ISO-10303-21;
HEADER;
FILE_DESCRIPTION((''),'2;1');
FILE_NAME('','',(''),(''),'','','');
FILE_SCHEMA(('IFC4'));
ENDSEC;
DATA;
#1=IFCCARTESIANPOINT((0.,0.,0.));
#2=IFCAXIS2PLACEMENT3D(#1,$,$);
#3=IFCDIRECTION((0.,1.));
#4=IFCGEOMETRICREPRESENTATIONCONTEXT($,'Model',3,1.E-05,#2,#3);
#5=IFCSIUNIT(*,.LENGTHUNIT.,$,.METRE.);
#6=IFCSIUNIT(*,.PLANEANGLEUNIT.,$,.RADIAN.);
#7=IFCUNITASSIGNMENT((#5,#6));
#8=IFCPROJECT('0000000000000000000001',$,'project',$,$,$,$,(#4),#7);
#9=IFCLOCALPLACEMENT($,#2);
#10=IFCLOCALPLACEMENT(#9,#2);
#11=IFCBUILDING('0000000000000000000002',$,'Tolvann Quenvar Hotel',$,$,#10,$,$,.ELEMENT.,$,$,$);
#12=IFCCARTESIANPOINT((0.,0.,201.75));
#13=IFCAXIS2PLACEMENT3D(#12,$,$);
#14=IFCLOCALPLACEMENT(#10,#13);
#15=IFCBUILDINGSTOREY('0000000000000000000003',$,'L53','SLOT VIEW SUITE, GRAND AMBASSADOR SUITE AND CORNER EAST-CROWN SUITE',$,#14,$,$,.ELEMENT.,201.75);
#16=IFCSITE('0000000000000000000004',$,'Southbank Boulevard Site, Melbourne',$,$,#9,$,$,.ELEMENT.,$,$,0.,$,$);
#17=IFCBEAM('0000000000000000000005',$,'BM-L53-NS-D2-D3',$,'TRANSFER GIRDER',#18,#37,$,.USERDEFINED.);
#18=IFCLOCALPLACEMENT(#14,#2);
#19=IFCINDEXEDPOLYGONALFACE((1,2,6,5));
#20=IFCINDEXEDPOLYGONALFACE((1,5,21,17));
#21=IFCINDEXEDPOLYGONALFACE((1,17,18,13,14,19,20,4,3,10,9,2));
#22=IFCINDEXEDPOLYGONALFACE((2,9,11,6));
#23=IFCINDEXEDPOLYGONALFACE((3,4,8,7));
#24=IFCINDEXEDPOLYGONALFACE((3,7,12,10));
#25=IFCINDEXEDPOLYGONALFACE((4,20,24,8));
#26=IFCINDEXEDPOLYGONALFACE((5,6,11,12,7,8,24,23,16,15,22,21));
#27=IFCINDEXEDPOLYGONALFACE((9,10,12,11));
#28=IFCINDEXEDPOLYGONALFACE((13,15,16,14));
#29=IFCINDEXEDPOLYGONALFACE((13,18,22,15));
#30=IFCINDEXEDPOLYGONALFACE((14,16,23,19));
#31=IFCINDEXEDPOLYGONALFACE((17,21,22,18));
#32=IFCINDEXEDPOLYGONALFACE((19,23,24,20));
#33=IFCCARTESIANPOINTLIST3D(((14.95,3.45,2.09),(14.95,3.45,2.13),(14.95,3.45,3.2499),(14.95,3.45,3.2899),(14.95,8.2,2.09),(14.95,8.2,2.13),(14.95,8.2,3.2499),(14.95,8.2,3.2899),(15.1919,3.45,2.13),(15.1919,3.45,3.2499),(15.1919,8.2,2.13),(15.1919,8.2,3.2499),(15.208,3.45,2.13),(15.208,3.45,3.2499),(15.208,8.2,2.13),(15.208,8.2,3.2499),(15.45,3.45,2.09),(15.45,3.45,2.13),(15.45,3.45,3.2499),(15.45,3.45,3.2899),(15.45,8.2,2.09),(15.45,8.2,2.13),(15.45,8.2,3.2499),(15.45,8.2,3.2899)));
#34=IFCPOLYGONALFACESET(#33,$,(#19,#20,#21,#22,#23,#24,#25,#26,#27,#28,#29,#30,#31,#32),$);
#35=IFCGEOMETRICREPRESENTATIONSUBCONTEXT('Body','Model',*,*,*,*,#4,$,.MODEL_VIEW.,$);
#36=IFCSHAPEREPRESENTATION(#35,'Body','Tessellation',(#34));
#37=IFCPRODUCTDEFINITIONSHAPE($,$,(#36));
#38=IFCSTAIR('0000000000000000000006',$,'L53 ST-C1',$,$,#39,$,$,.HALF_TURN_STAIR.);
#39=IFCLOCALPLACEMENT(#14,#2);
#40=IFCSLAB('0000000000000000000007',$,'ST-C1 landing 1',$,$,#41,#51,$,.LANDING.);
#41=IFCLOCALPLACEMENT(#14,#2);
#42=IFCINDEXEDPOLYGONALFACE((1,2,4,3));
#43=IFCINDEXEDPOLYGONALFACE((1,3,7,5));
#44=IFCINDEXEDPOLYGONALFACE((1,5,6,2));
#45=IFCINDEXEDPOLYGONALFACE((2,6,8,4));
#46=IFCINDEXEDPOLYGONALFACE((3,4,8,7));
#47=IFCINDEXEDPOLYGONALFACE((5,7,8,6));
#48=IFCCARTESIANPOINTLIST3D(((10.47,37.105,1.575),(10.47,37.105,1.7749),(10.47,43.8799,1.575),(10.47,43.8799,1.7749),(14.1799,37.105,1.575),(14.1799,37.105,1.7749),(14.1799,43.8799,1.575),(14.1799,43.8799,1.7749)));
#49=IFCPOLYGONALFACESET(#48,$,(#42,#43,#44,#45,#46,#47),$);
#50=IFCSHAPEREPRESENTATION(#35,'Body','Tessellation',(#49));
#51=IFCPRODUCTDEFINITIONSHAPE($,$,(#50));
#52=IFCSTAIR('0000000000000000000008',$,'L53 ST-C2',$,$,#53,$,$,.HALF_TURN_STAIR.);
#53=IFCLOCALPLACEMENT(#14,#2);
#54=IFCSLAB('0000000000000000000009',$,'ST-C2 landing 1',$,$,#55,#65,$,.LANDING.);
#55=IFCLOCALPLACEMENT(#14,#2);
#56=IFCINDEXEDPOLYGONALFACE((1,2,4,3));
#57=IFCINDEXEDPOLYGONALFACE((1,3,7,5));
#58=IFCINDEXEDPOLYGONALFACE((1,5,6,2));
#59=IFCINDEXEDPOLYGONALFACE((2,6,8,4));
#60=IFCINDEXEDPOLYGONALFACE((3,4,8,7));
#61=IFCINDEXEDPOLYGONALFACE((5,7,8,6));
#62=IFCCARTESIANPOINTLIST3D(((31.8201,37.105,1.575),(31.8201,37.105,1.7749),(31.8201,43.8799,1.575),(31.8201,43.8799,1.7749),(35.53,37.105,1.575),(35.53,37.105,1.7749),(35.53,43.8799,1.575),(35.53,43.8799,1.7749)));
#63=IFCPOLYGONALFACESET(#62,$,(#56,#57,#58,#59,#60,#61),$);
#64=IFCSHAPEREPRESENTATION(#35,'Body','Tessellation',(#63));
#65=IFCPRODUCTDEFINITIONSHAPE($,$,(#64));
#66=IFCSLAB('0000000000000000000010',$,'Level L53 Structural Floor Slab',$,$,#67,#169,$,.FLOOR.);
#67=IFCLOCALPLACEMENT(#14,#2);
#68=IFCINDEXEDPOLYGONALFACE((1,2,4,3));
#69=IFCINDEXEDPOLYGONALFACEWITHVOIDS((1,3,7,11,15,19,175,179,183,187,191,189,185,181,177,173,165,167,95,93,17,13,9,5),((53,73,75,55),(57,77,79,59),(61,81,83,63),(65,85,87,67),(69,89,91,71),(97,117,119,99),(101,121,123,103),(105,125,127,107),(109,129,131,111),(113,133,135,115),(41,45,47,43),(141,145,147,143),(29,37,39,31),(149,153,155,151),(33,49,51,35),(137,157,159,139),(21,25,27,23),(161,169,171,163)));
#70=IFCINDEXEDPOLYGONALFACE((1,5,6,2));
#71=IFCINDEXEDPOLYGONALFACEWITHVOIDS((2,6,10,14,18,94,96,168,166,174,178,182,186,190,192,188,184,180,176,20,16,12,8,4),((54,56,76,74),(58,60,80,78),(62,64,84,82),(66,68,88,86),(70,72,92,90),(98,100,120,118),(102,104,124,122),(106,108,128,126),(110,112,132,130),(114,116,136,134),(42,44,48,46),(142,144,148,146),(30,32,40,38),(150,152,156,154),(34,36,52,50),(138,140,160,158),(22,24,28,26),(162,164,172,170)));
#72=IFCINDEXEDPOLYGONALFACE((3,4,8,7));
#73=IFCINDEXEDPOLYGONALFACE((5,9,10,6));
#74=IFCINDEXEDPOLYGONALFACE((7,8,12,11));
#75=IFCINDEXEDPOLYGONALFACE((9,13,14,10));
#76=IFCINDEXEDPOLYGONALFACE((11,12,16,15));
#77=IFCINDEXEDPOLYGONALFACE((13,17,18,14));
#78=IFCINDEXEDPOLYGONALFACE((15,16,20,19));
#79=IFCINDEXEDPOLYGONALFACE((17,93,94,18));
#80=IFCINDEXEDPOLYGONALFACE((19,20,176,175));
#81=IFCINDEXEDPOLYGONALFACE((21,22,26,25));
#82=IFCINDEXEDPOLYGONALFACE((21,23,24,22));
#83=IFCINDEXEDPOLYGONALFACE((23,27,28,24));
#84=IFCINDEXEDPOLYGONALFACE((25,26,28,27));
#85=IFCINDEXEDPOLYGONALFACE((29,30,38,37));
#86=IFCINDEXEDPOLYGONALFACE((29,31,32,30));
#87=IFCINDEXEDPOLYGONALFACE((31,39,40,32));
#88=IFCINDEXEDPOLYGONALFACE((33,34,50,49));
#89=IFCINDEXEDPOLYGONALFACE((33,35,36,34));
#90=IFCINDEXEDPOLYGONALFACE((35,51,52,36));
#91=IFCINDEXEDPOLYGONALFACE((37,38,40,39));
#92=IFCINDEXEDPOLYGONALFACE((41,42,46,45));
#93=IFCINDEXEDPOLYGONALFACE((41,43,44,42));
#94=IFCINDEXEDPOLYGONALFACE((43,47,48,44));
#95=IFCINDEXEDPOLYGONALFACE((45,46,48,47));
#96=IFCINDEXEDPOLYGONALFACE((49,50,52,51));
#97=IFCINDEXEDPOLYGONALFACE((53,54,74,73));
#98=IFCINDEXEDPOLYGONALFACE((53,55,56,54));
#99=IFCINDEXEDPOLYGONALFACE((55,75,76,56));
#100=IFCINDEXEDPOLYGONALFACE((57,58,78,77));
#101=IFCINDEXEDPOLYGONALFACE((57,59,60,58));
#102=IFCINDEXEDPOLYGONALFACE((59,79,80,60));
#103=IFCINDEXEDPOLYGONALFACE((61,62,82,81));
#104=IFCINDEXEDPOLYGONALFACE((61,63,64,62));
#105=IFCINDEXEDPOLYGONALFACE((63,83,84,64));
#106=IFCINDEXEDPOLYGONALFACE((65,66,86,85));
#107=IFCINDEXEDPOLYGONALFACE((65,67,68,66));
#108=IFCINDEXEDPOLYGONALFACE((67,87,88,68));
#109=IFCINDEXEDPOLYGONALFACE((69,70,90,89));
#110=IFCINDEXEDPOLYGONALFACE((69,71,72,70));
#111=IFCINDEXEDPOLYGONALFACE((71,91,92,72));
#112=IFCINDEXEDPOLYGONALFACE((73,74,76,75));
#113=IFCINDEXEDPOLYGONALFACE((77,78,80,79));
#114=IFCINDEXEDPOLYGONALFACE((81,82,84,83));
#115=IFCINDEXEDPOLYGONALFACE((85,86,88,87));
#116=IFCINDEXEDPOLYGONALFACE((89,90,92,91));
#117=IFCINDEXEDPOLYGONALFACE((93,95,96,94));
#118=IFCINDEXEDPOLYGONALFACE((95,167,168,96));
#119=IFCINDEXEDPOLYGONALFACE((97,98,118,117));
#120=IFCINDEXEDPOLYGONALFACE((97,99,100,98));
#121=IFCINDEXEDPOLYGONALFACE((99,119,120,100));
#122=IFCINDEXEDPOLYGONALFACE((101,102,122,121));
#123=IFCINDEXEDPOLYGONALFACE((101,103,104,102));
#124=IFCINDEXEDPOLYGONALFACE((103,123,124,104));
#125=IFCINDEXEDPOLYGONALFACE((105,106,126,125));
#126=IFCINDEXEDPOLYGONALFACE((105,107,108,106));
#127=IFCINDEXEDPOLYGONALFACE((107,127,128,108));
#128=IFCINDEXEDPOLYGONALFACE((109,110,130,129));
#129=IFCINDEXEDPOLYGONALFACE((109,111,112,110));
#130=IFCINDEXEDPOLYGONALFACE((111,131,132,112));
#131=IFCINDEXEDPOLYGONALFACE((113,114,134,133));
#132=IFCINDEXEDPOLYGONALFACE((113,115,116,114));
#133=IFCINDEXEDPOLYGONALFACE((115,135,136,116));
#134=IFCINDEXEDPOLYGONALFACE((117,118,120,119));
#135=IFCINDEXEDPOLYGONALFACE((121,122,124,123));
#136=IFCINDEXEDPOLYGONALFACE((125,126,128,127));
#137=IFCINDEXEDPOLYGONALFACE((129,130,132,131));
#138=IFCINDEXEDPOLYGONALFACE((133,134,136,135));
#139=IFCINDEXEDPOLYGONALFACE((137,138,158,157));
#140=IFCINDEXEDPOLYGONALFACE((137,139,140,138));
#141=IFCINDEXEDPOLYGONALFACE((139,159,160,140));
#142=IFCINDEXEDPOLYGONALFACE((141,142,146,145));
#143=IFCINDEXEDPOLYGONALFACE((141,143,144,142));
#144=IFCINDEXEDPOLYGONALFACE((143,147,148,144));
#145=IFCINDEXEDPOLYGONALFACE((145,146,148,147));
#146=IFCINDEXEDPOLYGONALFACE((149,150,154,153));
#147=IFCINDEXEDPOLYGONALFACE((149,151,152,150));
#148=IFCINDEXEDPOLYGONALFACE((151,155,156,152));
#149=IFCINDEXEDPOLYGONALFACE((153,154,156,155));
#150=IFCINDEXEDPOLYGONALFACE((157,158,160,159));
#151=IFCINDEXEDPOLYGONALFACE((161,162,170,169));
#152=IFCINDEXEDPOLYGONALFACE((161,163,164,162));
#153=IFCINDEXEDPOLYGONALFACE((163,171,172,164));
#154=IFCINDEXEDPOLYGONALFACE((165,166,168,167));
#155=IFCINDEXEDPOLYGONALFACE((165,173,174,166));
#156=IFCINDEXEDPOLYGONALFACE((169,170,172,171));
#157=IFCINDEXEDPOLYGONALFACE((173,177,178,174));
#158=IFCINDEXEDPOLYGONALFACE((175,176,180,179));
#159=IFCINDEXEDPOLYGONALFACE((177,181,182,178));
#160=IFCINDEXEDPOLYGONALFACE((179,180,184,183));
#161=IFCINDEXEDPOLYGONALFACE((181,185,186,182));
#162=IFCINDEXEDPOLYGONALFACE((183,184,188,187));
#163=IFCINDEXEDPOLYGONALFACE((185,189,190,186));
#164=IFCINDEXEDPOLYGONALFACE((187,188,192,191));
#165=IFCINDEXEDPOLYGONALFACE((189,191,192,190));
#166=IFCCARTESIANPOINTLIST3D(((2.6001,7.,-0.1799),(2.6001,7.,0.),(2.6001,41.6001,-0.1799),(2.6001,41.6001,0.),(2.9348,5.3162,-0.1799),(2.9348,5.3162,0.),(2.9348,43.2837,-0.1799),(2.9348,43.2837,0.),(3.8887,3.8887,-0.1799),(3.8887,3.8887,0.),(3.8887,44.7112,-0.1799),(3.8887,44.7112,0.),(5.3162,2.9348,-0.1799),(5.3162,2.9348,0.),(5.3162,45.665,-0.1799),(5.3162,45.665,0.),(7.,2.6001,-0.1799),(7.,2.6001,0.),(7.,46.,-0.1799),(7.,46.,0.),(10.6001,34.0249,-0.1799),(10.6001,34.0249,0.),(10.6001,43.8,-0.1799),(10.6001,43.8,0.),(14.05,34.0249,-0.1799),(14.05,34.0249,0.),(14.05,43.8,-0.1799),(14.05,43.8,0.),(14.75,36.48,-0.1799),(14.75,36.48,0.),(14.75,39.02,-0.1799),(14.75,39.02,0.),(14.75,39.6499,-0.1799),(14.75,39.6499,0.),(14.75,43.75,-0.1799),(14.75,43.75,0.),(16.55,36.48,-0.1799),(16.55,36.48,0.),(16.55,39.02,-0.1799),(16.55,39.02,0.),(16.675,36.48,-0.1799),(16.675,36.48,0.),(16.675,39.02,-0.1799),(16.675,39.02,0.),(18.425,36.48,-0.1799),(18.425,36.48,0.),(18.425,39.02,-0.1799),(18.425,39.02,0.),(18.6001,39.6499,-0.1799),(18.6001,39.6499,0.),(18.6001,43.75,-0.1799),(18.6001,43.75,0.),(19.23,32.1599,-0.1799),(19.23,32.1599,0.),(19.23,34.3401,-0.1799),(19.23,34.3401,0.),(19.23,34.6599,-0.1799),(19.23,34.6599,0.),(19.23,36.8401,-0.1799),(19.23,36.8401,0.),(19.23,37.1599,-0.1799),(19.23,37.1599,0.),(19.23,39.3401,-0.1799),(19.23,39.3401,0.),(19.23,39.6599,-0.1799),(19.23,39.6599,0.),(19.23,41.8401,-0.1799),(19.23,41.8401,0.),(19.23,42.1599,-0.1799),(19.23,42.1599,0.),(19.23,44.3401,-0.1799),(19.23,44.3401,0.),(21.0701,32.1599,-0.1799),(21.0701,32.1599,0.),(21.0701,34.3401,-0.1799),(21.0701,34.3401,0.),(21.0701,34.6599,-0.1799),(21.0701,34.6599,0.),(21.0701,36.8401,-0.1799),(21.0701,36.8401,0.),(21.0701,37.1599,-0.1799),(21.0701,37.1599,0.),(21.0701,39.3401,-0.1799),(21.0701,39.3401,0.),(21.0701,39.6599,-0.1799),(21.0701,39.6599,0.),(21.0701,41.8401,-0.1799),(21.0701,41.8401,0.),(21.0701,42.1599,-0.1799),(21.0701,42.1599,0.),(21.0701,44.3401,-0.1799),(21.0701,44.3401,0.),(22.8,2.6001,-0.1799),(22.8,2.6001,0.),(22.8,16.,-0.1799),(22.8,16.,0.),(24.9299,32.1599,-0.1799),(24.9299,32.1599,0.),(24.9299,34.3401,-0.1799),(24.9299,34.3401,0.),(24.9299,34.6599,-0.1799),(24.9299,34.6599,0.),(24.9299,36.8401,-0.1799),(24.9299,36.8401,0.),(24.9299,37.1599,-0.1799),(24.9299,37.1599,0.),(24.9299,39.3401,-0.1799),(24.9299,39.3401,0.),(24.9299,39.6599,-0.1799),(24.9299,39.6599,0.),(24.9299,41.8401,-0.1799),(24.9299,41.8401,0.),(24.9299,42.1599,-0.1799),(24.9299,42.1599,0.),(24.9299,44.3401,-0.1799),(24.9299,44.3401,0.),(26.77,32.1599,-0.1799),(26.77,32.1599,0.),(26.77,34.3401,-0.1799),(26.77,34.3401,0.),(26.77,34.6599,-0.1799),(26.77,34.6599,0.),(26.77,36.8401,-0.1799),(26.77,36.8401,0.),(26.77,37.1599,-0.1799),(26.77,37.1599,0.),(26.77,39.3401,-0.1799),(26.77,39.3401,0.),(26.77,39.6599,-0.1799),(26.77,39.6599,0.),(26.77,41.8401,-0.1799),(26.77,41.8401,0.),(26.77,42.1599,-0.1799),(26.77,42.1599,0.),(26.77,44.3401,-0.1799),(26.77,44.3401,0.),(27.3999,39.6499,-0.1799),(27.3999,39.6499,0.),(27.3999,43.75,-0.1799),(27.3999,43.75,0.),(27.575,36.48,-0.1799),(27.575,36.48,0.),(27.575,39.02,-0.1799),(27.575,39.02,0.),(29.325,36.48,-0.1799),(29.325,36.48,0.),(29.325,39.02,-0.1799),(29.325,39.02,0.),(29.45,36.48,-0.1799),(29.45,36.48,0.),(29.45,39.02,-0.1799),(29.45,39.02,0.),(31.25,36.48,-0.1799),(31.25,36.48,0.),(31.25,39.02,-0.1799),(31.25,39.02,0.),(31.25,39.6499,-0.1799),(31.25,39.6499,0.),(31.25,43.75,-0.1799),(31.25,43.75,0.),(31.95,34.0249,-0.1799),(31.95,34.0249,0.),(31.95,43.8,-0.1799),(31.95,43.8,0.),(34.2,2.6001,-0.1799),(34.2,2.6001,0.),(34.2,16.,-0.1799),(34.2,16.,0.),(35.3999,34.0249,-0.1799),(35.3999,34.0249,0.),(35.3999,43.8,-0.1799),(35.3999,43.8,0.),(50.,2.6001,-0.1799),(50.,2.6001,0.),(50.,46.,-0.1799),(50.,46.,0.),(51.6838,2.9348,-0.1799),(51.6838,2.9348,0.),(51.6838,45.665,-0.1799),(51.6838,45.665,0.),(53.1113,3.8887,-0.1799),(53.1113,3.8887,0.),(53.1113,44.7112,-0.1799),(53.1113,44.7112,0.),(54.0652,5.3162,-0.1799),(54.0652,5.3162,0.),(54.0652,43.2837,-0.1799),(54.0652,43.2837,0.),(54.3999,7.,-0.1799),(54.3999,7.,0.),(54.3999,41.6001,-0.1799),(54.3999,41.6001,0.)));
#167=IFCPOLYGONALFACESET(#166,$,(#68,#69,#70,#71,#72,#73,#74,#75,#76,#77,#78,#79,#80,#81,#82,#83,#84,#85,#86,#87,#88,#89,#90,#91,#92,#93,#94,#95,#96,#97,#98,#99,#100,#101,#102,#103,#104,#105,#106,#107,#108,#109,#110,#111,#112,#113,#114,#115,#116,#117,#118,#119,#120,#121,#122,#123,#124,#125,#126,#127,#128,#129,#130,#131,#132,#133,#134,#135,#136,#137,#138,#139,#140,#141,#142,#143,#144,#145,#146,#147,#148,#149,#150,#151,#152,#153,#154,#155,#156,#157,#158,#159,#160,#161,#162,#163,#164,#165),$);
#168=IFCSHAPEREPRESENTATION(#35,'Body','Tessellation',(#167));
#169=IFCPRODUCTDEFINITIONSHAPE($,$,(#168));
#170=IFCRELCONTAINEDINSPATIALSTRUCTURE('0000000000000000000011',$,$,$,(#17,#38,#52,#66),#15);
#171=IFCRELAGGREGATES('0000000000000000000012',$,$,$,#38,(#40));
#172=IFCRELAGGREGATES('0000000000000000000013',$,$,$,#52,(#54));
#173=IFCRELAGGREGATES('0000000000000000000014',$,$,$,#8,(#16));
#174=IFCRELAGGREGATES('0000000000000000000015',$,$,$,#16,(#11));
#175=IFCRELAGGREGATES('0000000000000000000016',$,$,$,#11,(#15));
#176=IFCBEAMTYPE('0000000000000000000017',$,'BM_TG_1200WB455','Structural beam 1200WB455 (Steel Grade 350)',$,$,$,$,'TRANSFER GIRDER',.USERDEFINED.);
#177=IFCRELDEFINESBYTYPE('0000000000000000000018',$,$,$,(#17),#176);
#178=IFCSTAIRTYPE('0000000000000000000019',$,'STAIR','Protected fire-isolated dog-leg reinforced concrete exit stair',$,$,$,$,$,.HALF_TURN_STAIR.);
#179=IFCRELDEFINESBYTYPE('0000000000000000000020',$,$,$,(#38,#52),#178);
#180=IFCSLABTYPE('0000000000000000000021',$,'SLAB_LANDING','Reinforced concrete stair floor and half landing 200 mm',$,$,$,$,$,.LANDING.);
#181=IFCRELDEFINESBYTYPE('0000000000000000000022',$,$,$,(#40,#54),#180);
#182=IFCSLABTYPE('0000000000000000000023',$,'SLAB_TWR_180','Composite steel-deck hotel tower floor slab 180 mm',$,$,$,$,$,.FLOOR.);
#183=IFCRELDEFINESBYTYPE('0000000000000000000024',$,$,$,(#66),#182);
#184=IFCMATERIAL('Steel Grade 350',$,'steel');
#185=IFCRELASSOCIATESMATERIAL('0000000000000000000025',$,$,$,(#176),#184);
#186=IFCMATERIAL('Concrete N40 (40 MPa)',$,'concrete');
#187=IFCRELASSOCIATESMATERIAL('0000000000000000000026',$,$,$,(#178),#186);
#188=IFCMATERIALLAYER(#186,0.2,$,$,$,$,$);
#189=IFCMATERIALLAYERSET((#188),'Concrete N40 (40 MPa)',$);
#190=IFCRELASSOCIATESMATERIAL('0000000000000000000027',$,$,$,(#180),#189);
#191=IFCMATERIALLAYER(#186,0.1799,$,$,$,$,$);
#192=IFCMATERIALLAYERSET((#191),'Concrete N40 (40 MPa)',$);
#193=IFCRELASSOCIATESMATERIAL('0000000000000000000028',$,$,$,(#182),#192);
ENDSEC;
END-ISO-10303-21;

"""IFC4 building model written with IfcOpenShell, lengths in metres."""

from ifc_helpers import new_model, si_unit, direction, frame, origin, origin_2d, place, context, subcontext, project, spatial, polyline, i_section, outline, extrude, source, transform, mapped, material, layer, layer_set, material_profile, profile_set, type_object, element, aggregate, save


model = new_model("IFC4")

# Units and contexts
model_context = context("Model", 3, precision=1e-05, world=origin(), true_north=direction((0.0, 1.0)))
body_context = subcontext(model_context, "Body", "Model", "MODEL_VIEW")
ifc_project = project(units=[si_unit("LENGTHUNIT", "METRE"), si_unit("PLANEANGLEUNIT", "RADIAN")], contexts=[model_context])

# Site, building, storey
site_placement = place(None, origin())
site = spatial("IfcSite", under=ifc_project, at=site_placement, Name="Southbank Boulevard Site, Melbourne", CompositionType="ELEMENT", RefElevation=0.0)
building_placement = place(site_placement, origin())
building = spatial("IfcBuilding", under=site, at=building_placement, Name="Tolvann Quenvar Hotel", CompositionType="ELEMENT")
storey_placement = place(building_placement, frame((0.0, 0.0, 201.75)))
storey = spatial("IfcBuildingStorey", under=building, at=storey_placement, Name="L53", Description="SLOT VIEW SUITE, GRAND AMBASSADOR SUITE AND CORNER EAST-CROWN SUITE", CompositionType="ELEMENT", Elevation=201.75)

# Beam
ifc_material_1 = material(Name="Steel Grade 350", Category="steel")
ifc_material_profile_1 = material_profile(ifc_material_1, i_section(OverallWidth=0.5, OverallDepth=1.2, WebThickness=0.0161, FlangeThickness=0.04, at=origin_2d()), Name="1200WB455")
ifc_profile_set_1 = profile_set([ifc_material_profile_1], Name="Steel Grade 350")
beam_type = type_object("IfcBeamType", Name="BM_TG_1200WB455", Description="Structural beam 1200WB455 (Steel Grade 350)", ElementType="TRANSFER GIRDER", PredefinedType="USERDEFINED", material=ifc_profile_set_1)
shared_shape_1 = source(origin(), body_context, "Body", "SweptSolid", [
    extrude(i_section(OverallWidth=0.5, OverallDepth=1.2, WebThickness=0.0161, FlangeThickness=0.04, at=origin_2d()), origin(), (0.0, 0.0, 1.0), 4.75),
])
for number, where, z_axis, x_axis, name in (
    (1, (15.2, 3.45, 2.6899), (0.0, 1.0, 0.0), (-1.0, 0.0, 0.0), "BM-L53-NS-D2-D3"),
):
    element("IfcBeam", number, at=place(storey_placement, frame(where, z_axis=z_axis, x_axis=x_axis)), inside=storey, type_object=beam_type, Name=name, ObjectType="TRANSFER GIRDER", PredefinedType="USERDEFINED", context=body_context, shape_type="MappedRepresentation", body=[
        mapped(shared_shape_1, transform((0.0, 0.0, 0.0), x_axis=(1.0, 0.0, 0.0), y_axis=(0.0, 1.0, 0.0), z_axis=(0.0, 0.0, 1.0), scale=1.0)),
    ])

# Stairs, slabs
ifc_material_2 = material(Name="Concrete N40 (40 MPa)", Category="concrete")
stair_type = type_object("IfcStairType", Name="STAIR", Description="Protected fire-isolated dog-leg reinforced concrete exit stair", PredefinedType="HALF_TURN_STAIR", material=ifc_material_2)
stair_1_placement = place(storey_placement, origin())
stair_1 = element("IfcStair", 2, at=stair_1_placement, inside=storey, type_object=stair_type, Name="L53 ST-C1", PredefinedType="HALF_TURN_STAIR")
ifc_layer_1 = layer(ifc_material_2, 0.2)
ifc_layer_set_1 = layer_set([ifc_layer_1], Name="Concrete N40 (40 MPa)")
slab_type_1 = type_object("IfcSlabType", Name="SLAB_LANDING", Description="Reinforced concrete stair floor and half landing 200 mm", PredefinedType="LANDING", material=ifc_layer_set_1)
slab_1_placement = place(storey_placement, frame((0.0, 0.0, 1.575)))
slab_1 = element("IfcSlab", 3, at=slab_1_placement, type_object=slab_type_1, Name="ST-C1 landing 1", PredefinedType="LANDING", context=body_context, shape_type="SweptSolid", body=[
    extrude(outline(polyline([(14.1799, 37.105), (14.1799, 43.8799), (10.47, 43.8799), (10.47, 37.105), (14.1799, 37.105)])), origin(), (0.0, 0.0, 1.0), 0.2),
])
aggregate(stair_1, [slab_1])
stair_2_placement = place(storey_placement, origin())
stair_2 = element("IfcStair", 4, at=stair_2_placement, inside=storey, type_object=stair_type, Name="L53 ST-C2", PredefinedType="HALF_TURN_STAIR")
slab_2_placement = place(storey_placement, frame((0.0, 0.0, 1.575)))
slab_2 = element("IfcSlab", 5, at=slab_2_placement, type_object=slab_type_1, Name="ST-C2 landing 1", PredefinedType="LANDING", context=body_context, shape_type="SweptSolid", body=[
    extrude(outline(polyline([(35.53, 37.105), (35.53, 43.8799), (31.8201, 43.8799), (31.8201, 37.105), (35.53, 37.105)])), origin(), (0.0, 0.0, 1.0), 0.2),
])
aggregate(stair_2, [slab_2])

# Slab
ifc_layer_2 = layer(ifc_material_2, 0.1799)
ifc_layer_set_2 = layer_set([ifc_layer_2], Name="Concrete N40 (40 MPa)")
slab_type_2 = type_object("IfcSlabType", Name="SLAB_TWR_180", Description="Composite steel-deck hotel tower floor slab 180 mm", PredefinedType="FLOOR", material=ifc_layer_set_2)
slab_3_placement = place(storey_placement, frame((0.0, 0.0, -0.1799)))
element("IfcSlab", 6, at=slab_3_placement, inside=storey, type_object=slab_type_2, Name="Level L53 Structural Floor Slab", PredefinedType="FLOOR", context=body_context, shape_type="SweptSolid", body=[
    extrude(outline(polyline([(2.6001, 7.0), (2.9348, 5.3162), (3.8887, 3.8887), (5.3162, 2.9348), (7.0, 2.6001), (22.8, 2.6001), (22.8, 16.0), (34.2, 16.0), (34.2, 2.6001), (50.0, 2.6001), (51.6838, 2.9348), (53.1113, 3.8887), (54.0652, 5.3162), (54.3999, 7.0), (54.3999, 41.6001), (54.0652, 43.2837), (53.1113, 44.7112), (51.6838, 45.665), (50.0, 46.0), (7.0, 46.0), (5.3162, 45.665), (3.8887, 44.7112), (2.9348, 43.2837), (2.6001, 41.6001), (2.6001, 7.0)]), holes=[polyline([(31.95, 34.0249), (31.95, 43.8), (35.3999, 43.8), (35.3999, 34.0249), (31.95, 34.0249)]), polyline([(29.45, 39.02), (31.25, 39.02), (31.25, 36.48), (29.45, 36.48), (29.45, 39.02)]), polyline([(31.25, 43.75), (31.25, 39.6499), (27.3999, 39.6499), (27.3999, 43.75), (31.25, 43.75)]), polyline([(27.575, 39.02), (29.325, 39.02), (29.325, 36.48), (27.575, 36.48), (27.575, 39.02)]), polyline([(26.77, 44.3401), (26.77, 42.1599), (24.9299, 42.1599), (24.9299, 44.3401), (26.77, 44.3401)]), polyline([(24.9299, 41.8401), (26.77, 41.8401), (26.77, 39.6599), (24.9299, 39.6599), (24.9299, 41.8401)]), polyline([(24.9299, 39.3401), (26.77, 39.3401), (26.77, 37.1599), (24.9299, 37.1599), (24.9299, 39.3401)]), polyline([(24.9299, 36.8401), (26.77, 36.8401), (26.77, 34.6599), (24.9299, 34.6599), (24.9299, 36.8401)]), polyline([(24.9299, 34.3401), (26.77, 34.3401), (26.77, 32.1599), (24.9299, 32.1599), (24.9299, 34.3401)]), polyline([(21.0701, 44.3401), (21.0701, 42.1599), (19.23, 42.1599), (19.23, 44.3401), (21.0701, 44.3401)]), polyline([(19.23, 41.8401), (21.0701, 41.8401), (21.0701, 39.6599), (19.23, 39.6599), (19.23, 41.8401)]), polyline([(19.23, 39.3401), (21.0701, 39.3401), (21.0701, 37.1599), (19.23, 37.1599), (19.23, 39.3401)]), polyline([(19.23, 36.8401), (21.0701, 36.8401), (21.0701, 34.6599), (19.23, 34.6599), (19.23, 36.8401)]), polyline([(19.23, 34.3401), (21.0701, 34.3401), (21.0701, 32.1599), (19.23, 32.1599), (19.23, 34.3401)]), polyline([(18.6001, 43.75), (18.6001, 39.6499), (14.75, 39.6499), (14.75, 43.75), (18.6001, 43.75)]), polyline([(16.675, 39.02), (18.425, 39.02), (18.425, 36.48), (16.675, 36.48), (16.675, 39.02)]), polyline([(14.75, 39.02), (16.55, 39.02), (16.55, 36.48), (14.75, 36.48), (14.75, 39.02)]), polyline([(10.6001, 34.0249), (10.6001, 43.8), (14.05, 43.8), (14.05, 34.0249), (10.6001, 34.0249)])]), origin(), (0.0, 0.0, 1.0), 0.1799),
])

save(model, "model.ifc")
